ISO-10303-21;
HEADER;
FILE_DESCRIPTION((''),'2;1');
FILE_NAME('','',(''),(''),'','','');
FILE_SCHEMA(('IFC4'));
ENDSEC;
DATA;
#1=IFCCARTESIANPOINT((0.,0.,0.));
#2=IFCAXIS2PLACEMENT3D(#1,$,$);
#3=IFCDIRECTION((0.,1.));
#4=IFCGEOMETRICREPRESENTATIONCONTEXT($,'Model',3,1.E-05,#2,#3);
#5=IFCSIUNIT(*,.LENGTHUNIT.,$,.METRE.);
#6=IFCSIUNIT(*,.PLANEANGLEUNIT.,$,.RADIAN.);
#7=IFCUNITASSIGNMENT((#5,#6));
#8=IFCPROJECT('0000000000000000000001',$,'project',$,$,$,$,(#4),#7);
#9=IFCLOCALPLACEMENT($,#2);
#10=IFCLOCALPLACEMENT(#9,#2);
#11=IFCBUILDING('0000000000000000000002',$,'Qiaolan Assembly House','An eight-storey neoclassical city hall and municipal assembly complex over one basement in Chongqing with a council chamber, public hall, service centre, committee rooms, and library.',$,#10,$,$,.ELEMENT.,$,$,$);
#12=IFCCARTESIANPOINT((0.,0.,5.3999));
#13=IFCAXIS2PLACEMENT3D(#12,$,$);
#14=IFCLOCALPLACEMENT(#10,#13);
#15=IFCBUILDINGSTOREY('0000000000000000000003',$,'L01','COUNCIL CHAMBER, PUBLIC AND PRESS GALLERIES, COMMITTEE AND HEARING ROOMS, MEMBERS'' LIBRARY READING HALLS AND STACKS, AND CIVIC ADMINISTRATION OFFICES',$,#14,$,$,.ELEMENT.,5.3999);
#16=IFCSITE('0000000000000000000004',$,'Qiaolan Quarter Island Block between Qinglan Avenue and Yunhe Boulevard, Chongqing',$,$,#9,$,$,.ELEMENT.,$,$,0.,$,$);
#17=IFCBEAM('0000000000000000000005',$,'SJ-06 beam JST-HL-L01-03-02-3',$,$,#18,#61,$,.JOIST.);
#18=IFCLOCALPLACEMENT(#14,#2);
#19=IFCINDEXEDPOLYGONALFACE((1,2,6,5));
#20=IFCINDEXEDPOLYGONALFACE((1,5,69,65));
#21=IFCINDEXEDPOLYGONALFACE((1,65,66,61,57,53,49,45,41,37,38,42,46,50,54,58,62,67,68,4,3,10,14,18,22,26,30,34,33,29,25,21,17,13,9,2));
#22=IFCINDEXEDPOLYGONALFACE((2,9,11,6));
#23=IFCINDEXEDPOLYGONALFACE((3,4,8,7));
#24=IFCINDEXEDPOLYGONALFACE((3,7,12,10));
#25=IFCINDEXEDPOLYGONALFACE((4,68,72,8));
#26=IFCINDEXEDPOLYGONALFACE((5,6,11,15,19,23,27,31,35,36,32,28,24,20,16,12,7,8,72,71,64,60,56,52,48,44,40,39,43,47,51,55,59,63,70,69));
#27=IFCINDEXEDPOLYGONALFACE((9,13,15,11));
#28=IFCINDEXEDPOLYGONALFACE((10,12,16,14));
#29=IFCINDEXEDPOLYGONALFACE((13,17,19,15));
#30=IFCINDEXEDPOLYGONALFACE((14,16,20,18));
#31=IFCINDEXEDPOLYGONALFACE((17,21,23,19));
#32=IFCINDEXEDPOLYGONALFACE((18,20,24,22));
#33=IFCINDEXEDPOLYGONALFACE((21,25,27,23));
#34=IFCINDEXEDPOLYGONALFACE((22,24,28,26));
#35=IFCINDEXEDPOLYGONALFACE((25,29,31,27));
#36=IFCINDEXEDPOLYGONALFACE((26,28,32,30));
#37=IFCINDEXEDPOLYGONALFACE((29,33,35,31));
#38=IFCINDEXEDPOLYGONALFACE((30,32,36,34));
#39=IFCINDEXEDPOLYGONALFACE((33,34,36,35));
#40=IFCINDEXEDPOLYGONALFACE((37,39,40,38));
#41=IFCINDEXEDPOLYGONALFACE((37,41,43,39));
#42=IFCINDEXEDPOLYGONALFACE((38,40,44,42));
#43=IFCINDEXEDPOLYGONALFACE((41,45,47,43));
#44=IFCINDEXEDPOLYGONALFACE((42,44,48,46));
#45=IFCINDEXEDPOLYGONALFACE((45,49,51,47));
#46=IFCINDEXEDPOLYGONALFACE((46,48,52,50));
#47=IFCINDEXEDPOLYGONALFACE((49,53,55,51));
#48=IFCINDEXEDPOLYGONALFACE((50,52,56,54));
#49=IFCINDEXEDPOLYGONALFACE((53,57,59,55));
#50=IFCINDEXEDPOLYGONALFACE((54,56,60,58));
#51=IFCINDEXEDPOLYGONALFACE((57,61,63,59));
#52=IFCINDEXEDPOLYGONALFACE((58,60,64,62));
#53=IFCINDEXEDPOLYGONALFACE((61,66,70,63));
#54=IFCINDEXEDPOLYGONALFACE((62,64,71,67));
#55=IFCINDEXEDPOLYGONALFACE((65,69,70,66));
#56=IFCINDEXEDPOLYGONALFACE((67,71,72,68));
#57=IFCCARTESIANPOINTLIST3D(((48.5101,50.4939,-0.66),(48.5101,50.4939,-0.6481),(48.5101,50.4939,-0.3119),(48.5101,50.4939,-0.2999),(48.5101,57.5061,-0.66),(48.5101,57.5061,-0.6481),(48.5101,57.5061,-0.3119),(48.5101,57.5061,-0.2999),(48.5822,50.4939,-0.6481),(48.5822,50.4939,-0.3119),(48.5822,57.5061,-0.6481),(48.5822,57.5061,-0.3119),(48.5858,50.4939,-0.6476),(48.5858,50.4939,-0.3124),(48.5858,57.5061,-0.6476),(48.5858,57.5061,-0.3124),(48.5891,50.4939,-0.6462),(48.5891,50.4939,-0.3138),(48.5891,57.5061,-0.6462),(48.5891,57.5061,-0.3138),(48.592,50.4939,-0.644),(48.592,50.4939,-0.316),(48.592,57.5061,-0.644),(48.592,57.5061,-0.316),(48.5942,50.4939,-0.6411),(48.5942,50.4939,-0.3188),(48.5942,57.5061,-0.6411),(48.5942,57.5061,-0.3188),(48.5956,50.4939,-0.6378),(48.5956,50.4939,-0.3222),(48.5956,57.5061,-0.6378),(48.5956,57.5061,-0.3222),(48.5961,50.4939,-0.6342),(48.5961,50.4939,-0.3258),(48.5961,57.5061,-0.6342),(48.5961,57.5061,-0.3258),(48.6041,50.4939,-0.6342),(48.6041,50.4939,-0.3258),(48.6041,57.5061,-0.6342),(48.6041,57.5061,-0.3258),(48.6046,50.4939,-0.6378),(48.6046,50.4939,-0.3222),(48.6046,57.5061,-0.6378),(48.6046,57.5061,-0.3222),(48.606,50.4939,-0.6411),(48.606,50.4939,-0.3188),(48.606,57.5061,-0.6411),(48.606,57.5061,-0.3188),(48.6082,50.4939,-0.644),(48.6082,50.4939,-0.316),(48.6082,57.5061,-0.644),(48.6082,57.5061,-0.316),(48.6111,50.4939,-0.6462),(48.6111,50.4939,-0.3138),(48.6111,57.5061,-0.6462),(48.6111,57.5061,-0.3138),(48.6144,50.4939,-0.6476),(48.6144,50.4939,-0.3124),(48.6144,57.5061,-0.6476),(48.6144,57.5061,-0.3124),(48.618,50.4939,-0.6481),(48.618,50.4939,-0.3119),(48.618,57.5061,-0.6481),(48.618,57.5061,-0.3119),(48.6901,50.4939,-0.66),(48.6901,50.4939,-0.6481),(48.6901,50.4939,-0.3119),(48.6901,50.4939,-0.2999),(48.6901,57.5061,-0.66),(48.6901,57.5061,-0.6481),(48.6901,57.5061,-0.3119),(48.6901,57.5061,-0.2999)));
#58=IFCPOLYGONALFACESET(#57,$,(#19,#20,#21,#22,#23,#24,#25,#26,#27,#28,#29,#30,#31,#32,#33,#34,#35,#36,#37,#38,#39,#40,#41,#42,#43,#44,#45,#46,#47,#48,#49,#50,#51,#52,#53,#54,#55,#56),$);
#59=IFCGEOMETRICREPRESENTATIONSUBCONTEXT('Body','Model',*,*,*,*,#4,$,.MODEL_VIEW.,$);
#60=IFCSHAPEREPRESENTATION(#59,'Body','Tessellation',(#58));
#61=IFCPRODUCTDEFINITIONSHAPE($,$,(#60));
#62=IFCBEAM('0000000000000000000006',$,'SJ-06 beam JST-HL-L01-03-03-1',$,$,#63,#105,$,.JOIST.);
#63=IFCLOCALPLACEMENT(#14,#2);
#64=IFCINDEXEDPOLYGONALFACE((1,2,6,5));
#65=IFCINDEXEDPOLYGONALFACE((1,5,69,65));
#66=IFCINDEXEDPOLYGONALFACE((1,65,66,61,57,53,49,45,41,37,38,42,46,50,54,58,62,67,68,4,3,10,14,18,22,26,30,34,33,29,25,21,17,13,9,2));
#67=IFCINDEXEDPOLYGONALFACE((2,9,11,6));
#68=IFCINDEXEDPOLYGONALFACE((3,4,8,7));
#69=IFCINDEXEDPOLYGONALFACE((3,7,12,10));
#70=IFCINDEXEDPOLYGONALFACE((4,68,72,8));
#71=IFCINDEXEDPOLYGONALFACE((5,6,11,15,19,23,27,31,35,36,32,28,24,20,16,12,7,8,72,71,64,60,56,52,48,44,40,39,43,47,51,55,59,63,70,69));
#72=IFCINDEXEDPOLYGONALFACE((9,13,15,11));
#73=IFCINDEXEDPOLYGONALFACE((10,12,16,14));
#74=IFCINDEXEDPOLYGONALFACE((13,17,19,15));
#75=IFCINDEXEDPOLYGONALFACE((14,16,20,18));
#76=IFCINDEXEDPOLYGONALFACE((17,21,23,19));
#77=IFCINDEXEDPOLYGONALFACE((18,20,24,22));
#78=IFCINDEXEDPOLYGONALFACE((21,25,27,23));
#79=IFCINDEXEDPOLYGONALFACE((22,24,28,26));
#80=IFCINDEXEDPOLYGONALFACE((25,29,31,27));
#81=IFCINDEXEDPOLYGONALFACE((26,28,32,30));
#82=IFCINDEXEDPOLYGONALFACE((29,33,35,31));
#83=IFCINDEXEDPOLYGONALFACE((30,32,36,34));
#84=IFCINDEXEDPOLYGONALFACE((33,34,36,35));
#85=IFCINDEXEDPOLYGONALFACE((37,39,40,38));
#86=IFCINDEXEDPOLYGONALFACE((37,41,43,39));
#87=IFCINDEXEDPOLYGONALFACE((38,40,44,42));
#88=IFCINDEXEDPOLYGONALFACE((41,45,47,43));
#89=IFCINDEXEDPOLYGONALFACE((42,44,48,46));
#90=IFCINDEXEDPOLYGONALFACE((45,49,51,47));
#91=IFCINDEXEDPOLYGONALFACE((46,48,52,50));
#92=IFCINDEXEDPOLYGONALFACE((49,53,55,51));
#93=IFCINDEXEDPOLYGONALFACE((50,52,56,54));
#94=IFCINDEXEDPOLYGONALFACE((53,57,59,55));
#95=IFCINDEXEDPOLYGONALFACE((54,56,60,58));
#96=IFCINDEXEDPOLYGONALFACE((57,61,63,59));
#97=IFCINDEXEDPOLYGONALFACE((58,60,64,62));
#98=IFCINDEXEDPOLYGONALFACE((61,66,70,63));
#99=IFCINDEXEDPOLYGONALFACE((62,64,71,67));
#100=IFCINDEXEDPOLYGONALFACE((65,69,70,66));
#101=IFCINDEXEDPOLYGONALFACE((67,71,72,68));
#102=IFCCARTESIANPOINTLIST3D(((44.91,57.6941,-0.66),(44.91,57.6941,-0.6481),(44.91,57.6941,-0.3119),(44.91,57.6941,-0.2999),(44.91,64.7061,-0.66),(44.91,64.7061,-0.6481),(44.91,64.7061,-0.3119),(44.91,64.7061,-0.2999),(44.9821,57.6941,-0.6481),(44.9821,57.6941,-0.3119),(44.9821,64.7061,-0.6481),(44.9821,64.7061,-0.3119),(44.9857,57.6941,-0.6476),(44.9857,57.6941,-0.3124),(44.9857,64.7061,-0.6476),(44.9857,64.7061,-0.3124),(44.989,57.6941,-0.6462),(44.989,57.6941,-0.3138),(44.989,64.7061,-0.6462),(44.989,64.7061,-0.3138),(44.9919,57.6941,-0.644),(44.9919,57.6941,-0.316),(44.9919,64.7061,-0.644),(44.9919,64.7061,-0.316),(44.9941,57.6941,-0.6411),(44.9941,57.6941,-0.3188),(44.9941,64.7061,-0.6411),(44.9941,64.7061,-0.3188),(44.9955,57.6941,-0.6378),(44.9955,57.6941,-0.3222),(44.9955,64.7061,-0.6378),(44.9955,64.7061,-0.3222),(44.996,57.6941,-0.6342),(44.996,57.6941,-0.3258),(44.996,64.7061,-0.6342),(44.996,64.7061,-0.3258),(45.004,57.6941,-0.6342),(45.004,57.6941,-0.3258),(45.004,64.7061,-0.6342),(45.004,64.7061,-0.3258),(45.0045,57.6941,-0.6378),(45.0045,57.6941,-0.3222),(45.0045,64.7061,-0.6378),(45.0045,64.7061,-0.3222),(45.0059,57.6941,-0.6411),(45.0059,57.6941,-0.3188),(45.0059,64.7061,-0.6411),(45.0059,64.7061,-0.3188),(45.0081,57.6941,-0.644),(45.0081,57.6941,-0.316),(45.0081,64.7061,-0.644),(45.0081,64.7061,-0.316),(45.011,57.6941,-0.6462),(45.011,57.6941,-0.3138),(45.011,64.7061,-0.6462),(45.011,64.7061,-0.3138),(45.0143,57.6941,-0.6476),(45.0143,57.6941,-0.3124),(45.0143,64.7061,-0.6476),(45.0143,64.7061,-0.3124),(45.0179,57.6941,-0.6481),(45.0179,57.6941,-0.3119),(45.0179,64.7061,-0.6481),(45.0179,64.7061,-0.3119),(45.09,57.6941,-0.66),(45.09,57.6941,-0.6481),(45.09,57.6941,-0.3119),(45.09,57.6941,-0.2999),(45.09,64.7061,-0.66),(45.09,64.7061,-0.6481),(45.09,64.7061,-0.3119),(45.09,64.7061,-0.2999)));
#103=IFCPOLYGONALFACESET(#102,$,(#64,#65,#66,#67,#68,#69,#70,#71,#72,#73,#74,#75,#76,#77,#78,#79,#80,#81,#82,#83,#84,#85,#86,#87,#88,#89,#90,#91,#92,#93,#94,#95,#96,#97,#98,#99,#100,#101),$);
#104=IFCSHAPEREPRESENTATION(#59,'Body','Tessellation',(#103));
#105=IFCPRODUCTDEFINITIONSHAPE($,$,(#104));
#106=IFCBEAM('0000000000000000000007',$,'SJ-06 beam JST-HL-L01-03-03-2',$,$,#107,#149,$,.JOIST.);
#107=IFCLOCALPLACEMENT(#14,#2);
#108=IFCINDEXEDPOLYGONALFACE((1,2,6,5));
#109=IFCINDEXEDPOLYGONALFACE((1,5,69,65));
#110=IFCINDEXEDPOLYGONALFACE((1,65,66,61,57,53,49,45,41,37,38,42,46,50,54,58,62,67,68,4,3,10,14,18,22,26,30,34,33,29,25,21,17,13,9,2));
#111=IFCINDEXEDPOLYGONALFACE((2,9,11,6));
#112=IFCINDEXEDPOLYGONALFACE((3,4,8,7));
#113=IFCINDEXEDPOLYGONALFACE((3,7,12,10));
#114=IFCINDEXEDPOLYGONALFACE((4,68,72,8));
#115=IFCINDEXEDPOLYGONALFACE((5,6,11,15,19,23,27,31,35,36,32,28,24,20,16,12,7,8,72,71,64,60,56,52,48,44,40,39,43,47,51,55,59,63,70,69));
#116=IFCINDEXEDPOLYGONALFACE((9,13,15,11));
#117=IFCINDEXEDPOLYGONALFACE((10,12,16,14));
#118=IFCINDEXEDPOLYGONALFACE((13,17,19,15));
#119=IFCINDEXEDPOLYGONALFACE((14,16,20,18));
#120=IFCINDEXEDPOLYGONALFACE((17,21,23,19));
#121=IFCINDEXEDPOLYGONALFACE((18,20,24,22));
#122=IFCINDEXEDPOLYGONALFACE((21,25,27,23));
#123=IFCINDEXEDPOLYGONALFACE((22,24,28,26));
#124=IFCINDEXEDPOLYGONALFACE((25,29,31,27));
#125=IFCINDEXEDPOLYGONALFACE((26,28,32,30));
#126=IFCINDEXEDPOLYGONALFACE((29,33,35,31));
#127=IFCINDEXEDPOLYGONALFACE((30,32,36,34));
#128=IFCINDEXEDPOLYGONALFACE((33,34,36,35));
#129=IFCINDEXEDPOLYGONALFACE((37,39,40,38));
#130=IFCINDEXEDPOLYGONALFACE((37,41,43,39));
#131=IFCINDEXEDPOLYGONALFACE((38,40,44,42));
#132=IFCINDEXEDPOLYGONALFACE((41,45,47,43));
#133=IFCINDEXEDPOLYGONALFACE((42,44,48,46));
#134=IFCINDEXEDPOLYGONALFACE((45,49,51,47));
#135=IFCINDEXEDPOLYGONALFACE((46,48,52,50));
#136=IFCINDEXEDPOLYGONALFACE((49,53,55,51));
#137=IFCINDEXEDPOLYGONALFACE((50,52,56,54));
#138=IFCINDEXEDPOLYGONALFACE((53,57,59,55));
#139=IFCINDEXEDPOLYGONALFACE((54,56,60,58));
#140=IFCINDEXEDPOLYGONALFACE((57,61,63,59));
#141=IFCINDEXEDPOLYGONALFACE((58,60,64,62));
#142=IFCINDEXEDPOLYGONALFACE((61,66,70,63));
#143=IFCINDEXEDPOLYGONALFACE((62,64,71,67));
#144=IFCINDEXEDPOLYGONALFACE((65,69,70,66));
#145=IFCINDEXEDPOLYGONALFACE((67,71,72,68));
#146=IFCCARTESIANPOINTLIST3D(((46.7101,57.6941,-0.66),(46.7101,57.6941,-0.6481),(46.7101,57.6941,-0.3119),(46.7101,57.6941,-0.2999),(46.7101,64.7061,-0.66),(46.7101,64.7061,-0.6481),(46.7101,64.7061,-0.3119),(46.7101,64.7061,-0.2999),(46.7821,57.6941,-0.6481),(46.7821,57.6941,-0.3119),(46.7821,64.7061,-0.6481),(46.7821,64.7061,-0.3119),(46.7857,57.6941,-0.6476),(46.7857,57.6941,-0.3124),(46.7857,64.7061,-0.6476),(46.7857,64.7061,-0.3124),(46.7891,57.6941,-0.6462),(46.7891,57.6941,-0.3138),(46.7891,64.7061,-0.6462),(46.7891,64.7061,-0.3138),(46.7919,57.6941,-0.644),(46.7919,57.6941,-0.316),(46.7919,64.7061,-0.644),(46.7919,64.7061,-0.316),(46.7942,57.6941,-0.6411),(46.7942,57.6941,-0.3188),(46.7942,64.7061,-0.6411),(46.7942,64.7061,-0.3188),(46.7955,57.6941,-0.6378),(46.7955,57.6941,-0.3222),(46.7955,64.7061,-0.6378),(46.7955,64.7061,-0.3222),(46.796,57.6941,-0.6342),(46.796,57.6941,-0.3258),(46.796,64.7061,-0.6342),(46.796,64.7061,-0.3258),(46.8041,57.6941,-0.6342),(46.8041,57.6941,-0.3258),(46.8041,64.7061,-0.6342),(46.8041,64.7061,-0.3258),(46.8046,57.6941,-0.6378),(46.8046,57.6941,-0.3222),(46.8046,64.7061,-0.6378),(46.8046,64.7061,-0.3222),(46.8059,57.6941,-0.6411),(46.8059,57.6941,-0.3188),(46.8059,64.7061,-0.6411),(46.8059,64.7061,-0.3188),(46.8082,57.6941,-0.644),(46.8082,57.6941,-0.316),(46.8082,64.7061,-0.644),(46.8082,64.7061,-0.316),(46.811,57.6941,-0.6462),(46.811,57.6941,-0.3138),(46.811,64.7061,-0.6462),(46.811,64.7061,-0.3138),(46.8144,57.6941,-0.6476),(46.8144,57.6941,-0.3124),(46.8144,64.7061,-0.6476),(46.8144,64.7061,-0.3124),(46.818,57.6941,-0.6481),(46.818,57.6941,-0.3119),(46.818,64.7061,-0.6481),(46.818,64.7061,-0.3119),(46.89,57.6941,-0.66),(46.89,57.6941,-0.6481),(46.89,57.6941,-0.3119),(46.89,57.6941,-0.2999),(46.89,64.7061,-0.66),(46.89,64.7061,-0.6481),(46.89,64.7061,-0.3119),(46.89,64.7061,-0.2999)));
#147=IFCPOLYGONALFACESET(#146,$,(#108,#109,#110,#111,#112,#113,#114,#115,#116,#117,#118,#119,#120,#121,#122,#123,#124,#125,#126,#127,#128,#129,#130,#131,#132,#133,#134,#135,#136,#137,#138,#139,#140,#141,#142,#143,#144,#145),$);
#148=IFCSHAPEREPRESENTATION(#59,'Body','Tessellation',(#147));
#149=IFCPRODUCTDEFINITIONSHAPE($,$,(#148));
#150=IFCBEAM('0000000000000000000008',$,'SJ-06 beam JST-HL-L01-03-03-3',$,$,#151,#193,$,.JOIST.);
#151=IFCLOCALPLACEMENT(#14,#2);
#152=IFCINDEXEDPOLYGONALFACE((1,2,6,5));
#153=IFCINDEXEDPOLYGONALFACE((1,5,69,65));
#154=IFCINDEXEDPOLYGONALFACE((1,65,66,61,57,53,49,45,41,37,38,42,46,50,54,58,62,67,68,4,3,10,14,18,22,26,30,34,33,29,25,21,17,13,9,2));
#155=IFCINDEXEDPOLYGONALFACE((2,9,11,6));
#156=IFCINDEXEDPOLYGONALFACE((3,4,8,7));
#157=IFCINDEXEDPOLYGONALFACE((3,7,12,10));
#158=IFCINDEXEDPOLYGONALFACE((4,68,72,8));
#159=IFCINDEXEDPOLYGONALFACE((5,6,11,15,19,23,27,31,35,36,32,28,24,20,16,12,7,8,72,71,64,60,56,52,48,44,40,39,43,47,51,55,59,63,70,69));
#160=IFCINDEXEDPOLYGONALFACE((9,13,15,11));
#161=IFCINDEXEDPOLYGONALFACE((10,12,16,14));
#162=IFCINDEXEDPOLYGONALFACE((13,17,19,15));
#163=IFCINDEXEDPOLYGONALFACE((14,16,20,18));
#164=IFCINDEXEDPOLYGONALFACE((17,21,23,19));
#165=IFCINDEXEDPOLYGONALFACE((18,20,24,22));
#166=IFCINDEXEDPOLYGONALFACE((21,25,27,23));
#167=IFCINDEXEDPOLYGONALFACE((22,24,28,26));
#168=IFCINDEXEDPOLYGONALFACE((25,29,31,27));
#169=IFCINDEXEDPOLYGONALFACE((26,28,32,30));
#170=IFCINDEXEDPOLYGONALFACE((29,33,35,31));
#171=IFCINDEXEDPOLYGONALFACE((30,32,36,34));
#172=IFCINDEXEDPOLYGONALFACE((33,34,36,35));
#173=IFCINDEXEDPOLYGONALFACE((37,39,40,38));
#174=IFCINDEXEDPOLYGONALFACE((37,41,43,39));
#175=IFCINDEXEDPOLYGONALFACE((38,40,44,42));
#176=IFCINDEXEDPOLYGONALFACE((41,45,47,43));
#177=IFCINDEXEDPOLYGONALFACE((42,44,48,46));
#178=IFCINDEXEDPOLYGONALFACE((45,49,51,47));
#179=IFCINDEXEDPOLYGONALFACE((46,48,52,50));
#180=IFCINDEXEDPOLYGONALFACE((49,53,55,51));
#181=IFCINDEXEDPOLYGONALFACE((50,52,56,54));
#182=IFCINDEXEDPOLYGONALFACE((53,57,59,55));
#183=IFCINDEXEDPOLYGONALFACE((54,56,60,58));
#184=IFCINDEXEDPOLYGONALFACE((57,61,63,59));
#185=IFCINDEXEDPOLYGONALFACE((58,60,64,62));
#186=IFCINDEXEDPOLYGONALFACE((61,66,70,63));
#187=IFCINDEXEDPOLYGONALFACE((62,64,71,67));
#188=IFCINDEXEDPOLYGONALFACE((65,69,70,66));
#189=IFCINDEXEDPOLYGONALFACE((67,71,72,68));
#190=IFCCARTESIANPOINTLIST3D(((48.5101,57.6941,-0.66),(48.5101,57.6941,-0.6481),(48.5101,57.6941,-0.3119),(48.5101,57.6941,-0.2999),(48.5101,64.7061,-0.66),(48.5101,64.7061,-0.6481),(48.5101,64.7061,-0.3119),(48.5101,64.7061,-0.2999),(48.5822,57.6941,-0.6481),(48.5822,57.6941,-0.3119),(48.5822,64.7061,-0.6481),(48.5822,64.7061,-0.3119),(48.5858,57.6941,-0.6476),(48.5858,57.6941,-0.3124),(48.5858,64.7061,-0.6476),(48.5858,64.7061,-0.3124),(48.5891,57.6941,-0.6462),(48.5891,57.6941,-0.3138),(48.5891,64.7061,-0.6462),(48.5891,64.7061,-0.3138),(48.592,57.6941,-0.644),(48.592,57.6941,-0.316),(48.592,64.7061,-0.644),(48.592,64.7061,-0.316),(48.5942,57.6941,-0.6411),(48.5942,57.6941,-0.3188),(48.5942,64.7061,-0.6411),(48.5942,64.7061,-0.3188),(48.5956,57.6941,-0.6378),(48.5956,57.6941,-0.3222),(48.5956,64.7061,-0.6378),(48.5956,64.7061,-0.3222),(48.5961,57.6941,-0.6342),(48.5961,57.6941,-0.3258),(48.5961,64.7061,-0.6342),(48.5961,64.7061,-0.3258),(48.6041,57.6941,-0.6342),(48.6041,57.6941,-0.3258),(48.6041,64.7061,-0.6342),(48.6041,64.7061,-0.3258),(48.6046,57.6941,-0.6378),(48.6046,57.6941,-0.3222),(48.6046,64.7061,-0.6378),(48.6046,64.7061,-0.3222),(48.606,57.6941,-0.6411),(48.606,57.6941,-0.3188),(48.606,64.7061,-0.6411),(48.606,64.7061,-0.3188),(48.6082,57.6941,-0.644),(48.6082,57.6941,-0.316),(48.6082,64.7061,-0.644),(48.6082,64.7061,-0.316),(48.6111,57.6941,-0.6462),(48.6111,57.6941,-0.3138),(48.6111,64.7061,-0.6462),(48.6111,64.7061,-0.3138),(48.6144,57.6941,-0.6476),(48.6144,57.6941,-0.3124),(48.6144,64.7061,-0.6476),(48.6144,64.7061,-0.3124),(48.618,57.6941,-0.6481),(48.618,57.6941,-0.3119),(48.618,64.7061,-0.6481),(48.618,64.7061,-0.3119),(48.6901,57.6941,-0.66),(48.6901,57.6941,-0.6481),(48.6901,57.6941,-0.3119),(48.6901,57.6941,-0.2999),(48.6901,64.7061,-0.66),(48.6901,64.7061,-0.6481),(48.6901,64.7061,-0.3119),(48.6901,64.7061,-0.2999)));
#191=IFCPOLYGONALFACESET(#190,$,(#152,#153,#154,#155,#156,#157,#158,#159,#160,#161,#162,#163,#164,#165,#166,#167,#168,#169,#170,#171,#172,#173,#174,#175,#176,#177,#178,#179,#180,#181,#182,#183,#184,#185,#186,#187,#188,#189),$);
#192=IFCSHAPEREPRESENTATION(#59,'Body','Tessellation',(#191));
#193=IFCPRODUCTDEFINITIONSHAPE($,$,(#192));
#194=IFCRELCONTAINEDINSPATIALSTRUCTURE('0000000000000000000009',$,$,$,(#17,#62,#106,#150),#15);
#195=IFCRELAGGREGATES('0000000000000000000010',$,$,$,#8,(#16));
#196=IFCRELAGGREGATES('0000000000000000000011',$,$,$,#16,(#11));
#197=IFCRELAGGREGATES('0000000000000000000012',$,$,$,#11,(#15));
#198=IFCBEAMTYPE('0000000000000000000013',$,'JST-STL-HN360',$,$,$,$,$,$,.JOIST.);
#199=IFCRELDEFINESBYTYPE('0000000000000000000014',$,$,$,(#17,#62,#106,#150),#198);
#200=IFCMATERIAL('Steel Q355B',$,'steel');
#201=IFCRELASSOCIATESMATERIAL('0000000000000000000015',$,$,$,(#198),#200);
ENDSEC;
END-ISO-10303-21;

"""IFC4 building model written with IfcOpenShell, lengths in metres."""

from ifc_helpers import new_model, si_unit, direction, frame, origin, origin_2d, place, context, subcontext, project, spatial, i_section, extrude, material, material_profile, profile_set, type_object, element, save


model = new_model("IFC4")

# Units and contexts
model_context = context("Model", 3, precision=1e-05, world=origin(), true_north=direction((0.0, 1.0)))
body_context = subcontext(model_context, "Body", "Model", "MODEL_VIEW")
ifc_project = project(units=[si_unit("LENGTHUNIT", "METRE"), si_unit("PLANEANGLEUNIT", "RADIAN")], contexts=[model_context])

# Site, building, storey
site_placement = place(None, origin())
site = spatial("IfcSite", under=ifc_project, at=site_placement, Name="Qiaolan Quarter Island Block between Qinglan Avenue and Yunhe Boulevard, Chongqing", CompositionType="ELEMENT", RefElevation=0.0)
building_placement = place(site_placement, origin())
building = spatial("IfcBuilding", under=site, at=building_placement, Name="Qiaolan Assembly House", Description="An eight-storey neoclassical city hall and municipal assembly complex over one basement in Chongqing with a council chamber, public hall, service centre, committee rooms, and library.", CompositionType="ELEMENT")
storey_placement = place(building_placement, frame((0.0, 0.0, 5.3999)))
storey = spatial("IfcBuildingStorey", under=building, at=storey_placement, Name="L01", Description="COUNCIL CHAMBER, PUBLIC AND PRESS GALLERIES, COMMITTEE AND HEARING ROOMS, MEMBERS' LIBRARY READING HALLS AND STACKS, AND CIVIC ADMINISTRATION OFFICES", CompositionType="ELEMENT", Elevation=5.3999)

# Shared definitions
ifc_material_1 = material(Name="Steel Q355B", Category="steel")

# Beams
ifc_material_profile_1 = material_profile(ifc_material_1, i_section(OverallWidth=0.1799, OverallDepth=0.3601, WebThickness=0.0081, FlangeThickness=0.012, FilletRadius=0.0139, at=origin_2d()), Name="HN 360x180x8x12")
ifc_profile_set_1 = profile_set([ifc_material_profile_1], Name="Steel Q355B")
beam_type_1 = type_object("IfcBeamType", Name="JST-STL-HN360", PredefinedType="JOIST", material=ifc_profile_set_1)
for number, where, z_axis, x_axis, name in (
    (1, (48.6001, 50.4939, -0.48), (0.0, 1.0, 0.0), (-1.0, 0.0, 0.0), "SJ-06 beam JST-HL-L01-03-02-3"),
):
    element("IfcBeam", number, at=place(storey_placement, frame(where, z_axis=z_axis, x_axis=x_axis)), inside=storey, type_object=beam_type_1, Name=name, PredefinedType="JOIST", context=body_context, shape_type="SweptSolid", body=[
        extrude(i_section(OverallWidth=0.1799, OverallDepth=0.3601, WebThickness=0.0081, FlangeThickness=0.012, FilletRadius=0.0139, at=origin_2d()), origin(), (0.0, 0.0, 1.0), 7.0122),
    ])
for number, where, z_axis, x_axis, name in (
    (2, (45.0, 57.6941, -0.48), (0.0, 1.0, 0.0), (-1.0, 0.0, 0.0), "SJ-06 beam JST-HL-L01-03-03-1"),
    (3, (46.8, 57.6941, -0.48), (0.0, 1.0, 0.0), (-1.0, 0.0, 0.0), "SJ-06 beam JST-HL-L01-03-03-2"),
    (4, (48.6001, 57.6941, -0.48), (0.0, 1.0, 0.0), (-1.0, 0.0, 0.0), "SJ-06 beam JST-HL-L01-03-03-3"),
):
    element("IfcBeam", number, at=place(storey_placement, frame(where, z_axis=z_axis, x_axis=x_axis)), inside=storey, type_object=beam_type_1, Name=name, PredefinedType="JOIST", context=body_context, shape_type="SweptSolid", body=[
        extrude(i_section(OverallWidth=0.1799, OverallDepth=0.3601, WebThickness=0.0081, FlangeThickness=0.012, FilletRadius=0.0139, at=origin_2d()), origin(), (0.0, 0.0, 1.0), 7.012),
    ])

save(model, "model.ifc")
